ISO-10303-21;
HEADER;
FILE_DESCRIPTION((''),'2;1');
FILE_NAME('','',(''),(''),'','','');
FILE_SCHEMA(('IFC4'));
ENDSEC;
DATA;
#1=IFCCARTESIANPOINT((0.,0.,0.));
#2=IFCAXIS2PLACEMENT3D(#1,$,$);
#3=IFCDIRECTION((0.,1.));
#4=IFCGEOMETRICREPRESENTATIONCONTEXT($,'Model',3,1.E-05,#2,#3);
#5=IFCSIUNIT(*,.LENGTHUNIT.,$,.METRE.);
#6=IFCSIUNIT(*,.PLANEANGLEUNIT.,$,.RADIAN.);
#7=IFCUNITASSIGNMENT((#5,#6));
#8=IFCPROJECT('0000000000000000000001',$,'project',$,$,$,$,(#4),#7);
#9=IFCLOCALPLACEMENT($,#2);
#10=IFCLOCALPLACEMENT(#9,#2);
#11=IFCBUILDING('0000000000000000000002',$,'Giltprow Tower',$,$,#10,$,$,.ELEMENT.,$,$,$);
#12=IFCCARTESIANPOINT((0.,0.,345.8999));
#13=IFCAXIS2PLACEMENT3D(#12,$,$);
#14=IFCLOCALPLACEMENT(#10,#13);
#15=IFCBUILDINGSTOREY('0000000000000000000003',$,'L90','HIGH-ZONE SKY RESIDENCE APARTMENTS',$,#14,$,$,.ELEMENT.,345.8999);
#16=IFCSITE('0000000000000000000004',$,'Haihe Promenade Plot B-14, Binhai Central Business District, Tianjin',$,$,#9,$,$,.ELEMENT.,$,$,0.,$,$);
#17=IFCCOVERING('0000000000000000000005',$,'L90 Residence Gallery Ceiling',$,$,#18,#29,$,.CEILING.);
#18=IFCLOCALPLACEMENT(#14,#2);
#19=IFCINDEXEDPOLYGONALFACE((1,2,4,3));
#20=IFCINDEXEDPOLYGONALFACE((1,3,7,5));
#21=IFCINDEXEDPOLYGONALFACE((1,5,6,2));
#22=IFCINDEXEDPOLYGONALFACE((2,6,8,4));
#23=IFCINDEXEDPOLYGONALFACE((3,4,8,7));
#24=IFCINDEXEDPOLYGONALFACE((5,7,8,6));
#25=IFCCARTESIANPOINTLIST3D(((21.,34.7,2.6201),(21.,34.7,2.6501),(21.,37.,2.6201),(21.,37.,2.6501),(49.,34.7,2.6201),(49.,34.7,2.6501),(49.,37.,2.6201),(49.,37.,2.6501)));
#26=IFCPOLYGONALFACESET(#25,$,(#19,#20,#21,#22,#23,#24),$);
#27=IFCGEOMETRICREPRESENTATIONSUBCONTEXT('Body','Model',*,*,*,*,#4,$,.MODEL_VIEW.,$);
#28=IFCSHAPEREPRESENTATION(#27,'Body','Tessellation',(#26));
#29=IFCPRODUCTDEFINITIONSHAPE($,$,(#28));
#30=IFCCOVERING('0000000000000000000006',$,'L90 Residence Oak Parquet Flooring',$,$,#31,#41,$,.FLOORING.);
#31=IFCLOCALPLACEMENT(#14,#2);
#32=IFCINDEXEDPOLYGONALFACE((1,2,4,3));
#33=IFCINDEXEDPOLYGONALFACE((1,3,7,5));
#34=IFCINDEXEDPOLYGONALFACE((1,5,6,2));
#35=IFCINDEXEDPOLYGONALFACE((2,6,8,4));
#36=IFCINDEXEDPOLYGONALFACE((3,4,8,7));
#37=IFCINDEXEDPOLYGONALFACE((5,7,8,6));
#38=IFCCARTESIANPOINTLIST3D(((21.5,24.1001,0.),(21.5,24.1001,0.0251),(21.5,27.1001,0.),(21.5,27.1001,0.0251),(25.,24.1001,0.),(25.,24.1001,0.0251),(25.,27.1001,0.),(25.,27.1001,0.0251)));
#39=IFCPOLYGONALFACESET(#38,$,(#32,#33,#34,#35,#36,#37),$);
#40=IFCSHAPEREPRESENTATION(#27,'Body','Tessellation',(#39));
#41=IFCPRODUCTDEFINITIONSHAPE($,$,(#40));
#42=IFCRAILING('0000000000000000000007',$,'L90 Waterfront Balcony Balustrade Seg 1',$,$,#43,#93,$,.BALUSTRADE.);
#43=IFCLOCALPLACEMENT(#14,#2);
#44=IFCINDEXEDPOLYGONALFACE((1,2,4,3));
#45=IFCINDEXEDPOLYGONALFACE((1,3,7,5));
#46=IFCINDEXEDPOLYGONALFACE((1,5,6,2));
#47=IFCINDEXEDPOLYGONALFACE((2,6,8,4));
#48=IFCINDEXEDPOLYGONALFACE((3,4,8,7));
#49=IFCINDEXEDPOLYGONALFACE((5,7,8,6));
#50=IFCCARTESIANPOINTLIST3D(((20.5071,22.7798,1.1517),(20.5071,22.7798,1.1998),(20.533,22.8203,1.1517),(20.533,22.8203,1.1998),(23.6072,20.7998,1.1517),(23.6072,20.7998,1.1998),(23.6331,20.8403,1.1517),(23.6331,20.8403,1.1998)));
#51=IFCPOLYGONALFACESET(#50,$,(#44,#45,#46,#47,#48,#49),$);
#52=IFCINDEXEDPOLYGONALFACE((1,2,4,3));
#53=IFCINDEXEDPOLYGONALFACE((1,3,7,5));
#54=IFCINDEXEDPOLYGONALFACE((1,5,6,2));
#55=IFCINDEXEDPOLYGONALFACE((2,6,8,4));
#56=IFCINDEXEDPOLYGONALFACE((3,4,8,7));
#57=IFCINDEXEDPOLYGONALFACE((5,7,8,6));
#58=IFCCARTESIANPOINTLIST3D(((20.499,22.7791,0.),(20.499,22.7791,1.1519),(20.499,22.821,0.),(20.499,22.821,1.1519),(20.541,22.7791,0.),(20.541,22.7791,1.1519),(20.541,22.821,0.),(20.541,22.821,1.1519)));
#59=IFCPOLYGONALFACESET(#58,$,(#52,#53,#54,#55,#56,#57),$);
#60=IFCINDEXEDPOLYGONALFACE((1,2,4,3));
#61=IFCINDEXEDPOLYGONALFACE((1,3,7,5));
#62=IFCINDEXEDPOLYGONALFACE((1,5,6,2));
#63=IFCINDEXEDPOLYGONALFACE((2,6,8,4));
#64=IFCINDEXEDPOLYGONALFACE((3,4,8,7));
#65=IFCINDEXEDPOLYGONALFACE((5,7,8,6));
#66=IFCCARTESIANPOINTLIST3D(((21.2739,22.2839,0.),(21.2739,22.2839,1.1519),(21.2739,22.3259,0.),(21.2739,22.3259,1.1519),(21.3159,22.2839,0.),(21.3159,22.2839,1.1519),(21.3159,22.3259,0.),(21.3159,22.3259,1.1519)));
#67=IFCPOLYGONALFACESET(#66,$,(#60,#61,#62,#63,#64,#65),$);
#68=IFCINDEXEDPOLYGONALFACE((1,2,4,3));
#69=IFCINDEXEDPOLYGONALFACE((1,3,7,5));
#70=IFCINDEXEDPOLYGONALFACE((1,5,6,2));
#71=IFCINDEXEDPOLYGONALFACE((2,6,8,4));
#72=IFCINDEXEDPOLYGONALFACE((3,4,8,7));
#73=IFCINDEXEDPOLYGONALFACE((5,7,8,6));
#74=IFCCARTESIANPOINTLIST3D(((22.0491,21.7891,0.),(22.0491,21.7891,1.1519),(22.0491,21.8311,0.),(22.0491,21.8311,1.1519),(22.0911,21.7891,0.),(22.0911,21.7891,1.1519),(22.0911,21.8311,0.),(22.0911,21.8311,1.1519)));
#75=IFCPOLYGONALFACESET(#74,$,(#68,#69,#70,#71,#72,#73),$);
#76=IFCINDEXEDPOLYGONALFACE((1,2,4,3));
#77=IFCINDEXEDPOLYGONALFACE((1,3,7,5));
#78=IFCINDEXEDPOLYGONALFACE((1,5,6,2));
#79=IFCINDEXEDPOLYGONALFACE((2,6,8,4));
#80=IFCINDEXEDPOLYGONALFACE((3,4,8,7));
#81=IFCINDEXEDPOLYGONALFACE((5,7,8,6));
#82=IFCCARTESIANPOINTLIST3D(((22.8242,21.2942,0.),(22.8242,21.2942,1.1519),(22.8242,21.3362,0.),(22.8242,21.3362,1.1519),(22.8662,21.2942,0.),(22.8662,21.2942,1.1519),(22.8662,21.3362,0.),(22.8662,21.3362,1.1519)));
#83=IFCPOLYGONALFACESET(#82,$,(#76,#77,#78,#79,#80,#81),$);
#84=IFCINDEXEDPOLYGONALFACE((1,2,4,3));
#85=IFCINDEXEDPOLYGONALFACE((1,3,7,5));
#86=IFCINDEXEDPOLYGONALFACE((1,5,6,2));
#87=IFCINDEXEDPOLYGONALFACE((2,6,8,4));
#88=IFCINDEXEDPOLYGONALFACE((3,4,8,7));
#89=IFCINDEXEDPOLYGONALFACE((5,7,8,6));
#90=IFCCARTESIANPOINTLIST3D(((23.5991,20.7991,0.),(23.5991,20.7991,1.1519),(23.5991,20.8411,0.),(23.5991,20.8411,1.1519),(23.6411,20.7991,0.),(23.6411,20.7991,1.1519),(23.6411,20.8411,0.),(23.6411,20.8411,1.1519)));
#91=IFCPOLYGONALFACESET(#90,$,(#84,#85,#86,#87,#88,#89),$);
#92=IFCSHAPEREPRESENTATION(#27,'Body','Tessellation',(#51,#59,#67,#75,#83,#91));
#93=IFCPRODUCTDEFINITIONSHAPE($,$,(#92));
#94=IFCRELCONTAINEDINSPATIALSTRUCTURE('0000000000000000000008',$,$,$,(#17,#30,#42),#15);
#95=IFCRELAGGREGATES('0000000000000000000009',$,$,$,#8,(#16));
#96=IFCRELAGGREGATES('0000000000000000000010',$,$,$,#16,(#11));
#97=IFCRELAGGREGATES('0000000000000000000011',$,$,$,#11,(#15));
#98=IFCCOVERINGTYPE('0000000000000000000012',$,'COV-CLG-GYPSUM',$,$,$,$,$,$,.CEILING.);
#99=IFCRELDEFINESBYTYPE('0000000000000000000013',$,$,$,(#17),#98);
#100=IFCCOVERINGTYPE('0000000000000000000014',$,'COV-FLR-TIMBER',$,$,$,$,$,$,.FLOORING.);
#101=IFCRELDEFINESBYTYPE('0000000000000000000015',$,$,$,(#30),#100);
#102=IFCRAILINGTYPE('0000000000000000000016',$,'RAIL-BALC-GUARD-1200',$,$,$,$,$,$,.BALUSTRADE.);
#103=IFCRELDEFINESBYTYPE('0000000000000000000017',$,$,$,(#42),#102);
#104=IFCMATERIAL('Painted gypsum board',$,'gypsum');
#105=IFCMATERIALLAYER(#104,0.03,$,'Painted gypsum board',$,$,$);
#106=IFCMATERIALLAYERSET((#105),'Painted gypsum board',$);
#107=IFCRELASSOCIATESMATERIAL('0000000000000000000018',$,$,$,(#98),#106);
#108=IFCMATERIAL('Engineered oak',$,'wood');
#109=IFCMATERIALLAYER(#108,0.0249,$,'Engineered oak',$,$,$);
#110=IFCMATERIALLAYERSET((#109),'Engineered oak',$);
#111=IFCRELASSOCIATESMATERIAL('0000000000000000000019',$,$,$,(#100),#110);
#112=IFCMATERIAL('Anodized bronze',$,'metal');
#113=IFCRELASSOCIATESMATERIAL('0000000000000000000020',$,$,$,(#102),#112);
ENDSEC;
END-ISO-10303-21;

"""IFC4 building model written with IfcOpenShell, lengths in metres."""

from ifc_helpers import new_model, si_unit, direction, frame, origin, origin_2d, place, context, subcontext, project, spatial, polyline, rectangle, outline, extrude, material, layer, layer_set, type_object, element, save


model = new_model("IFC4")

# Units and contexts
model_context = context("Model", 3, precision=1e-05, world=origin(), true_north=direction((0.0, 1.0)))
body_context = subcontext(model_context, "Body", "Model", "MODEL_VIEW")
ifc_project = project(units=[si_unit("LENGTHUNIT", "METRE"), si_unit("PLANEANGLEUNIT", "RADIAN")], contexts=[model_context])

# Site, building, storey
site_placement = place(None, origin())
site = spatial("IfcSite", under=ifc_project, at=site_placement, Name="Haihe Promenade Plot B-14, Binhai Central Business District, Tianjin", CompositionType="ELEMENT", RefElevation=0.0)
building_placement = place(site_placement, origin())
building = spatial("IfcBuilding", under=site, at=building_placement, Name="Giltprow Tower", CompositionType="ELEMENT")
storey_placement = place(building_placement, frame((0.0, 0.0, 345.8999)))
storey = spatial("IfcBuildingStorey", under=building, at=storey_placement, Name="L90", Description="HIGH-ZONE SKY RESIDENCE APARTMENTS", CompositionType="ELEMENT", Elevation=345.8999)

# Shared definitions
ifc_material_1 = material(Name="Anodized bronze", Category="metal")

# Coverings
ifc_material_2 = material(Name="Painted gypsum board", Category="gypsum")
ifc_layer_1 = layer(ifc_material_2, 0.03, Name="Painted gypsum board")
ifc_layer_set_1 = layer_set([ifc_layer_1], Name="Painted gypsum board")
covering_type_1 = type_object("IfcCoveringType", Name="COV-CLG-GYPSUM", PredefinedType="CEILING", material=ifc_layer_set_1)
covering_1_placement = place(storey_placement, frame((0.0, 0.0, 2.6201)))
element("IfcCovering", 1, at=covering_1_placement, inside=storey, type_object=covering_type_1, Name="L90 Residence Gallery Ceiling", PredefinedType="CEILING", context=body_context, shape_type="SweptSolid", body=[
    extrude(outline(polyline([(21.0, 34.7), (49.0, 34.7), (49.0, 37.0), (21.0, 37.0), (21.0, 34.7)])), origin(), (0.0, 0.0, 1.0), 0.03),
])
ifc_material_3 = material(Name="Engineered oak", Category="wood")
ifc_layer_2 = layer(ifc_material_3, 0.0249, Name="Engineered oak")
ifc_layer_set_2 = layer_set([ifc_layer_2], Name="Engineered oak")
covering_type_2 = type_object("IfcCoveringType", Name="COV-FLR-TIMBER", PredefinedType="FLOORING", material=ifc_layer_set_2)
covering_2_placement = place(storey_placement, origin())
element("IfcCovering", 2, at=covering_2_placement, inside=storey, type_object=covering_type_2, Name="L90 Residence Oak Parquet Flooring", PredefinedType="FLOORING", context=body_context, shape_type="SweptSolid", body=[
    extrude(outline(polyline([(21.5, 24.1001), (25.0, 24.1001), (25.0, 27.1001), (21.5, 27.1001), (21.5, 24.1001)])), origin(), (0.0, 0.0, 1.0), 0.0251),
])

# Railing
railing_type = type_object("IfcRailingType", Name="RAIL-BALC-GUARD-1200", PredefinedType="BALUSTRADE", material=ifc_material_1)
railing_1_placement = place(storey_placement, frame((20.52, 22.8, 0.0)))
element("IfcRailing", 3, at=railing_1_placement, inside=storey, type_object=railing_type, Name="L90 Waterfront Balcony Balustrade Seg 1", PredefinedType="BALUSTRADE", context=body_context, shape_type="SweptSolid", body=[
    extrude(rectangle(XDim=0.0481, YDim=0.0481, at=origin_2d()), frame((0.0, 0.0, 1.1758), z_axis=(0.842775, -0.538266, 0.0), x_axis=(0.538266, 0.842775, 0.0)), (0.0, 0.0, 1.0), 3.6785),
    extrude(rectangle(XDim=0.042, YDim=0.042, at=origin_2d()), origin(), (0.0, 0.0, 1.0), 1.1519),
    extrude(rectangle(XDim=0.042, YDim=0.042, at=origin_2d()), frame((0.7749, -0.4951, 0.0)), (0.0, 0.0, 1.0), 1.1519),
    extrude(rectangle(XDim=0.042, YDim=0.042, at=origin_2d()), frame((1.55, -0.99, 0.0)), (0.0, 0.0, 1.0), 1.1519),
    extrude(rectangle(XDim=0.042, YDim=0.042, at=origin_2d()), frame((2.3252, -1.4849, 0.0)), (0.0, 0.0, 1.0), 1.1519),
    extrude(rectangle(XDim=0.042, YDim=0.042, at=origin_2d()), frame((3.1001, -1.98, 0.0)), (0.0, 0.0, 1.0), 1.1519),
])

save(model, "model.ifc")
